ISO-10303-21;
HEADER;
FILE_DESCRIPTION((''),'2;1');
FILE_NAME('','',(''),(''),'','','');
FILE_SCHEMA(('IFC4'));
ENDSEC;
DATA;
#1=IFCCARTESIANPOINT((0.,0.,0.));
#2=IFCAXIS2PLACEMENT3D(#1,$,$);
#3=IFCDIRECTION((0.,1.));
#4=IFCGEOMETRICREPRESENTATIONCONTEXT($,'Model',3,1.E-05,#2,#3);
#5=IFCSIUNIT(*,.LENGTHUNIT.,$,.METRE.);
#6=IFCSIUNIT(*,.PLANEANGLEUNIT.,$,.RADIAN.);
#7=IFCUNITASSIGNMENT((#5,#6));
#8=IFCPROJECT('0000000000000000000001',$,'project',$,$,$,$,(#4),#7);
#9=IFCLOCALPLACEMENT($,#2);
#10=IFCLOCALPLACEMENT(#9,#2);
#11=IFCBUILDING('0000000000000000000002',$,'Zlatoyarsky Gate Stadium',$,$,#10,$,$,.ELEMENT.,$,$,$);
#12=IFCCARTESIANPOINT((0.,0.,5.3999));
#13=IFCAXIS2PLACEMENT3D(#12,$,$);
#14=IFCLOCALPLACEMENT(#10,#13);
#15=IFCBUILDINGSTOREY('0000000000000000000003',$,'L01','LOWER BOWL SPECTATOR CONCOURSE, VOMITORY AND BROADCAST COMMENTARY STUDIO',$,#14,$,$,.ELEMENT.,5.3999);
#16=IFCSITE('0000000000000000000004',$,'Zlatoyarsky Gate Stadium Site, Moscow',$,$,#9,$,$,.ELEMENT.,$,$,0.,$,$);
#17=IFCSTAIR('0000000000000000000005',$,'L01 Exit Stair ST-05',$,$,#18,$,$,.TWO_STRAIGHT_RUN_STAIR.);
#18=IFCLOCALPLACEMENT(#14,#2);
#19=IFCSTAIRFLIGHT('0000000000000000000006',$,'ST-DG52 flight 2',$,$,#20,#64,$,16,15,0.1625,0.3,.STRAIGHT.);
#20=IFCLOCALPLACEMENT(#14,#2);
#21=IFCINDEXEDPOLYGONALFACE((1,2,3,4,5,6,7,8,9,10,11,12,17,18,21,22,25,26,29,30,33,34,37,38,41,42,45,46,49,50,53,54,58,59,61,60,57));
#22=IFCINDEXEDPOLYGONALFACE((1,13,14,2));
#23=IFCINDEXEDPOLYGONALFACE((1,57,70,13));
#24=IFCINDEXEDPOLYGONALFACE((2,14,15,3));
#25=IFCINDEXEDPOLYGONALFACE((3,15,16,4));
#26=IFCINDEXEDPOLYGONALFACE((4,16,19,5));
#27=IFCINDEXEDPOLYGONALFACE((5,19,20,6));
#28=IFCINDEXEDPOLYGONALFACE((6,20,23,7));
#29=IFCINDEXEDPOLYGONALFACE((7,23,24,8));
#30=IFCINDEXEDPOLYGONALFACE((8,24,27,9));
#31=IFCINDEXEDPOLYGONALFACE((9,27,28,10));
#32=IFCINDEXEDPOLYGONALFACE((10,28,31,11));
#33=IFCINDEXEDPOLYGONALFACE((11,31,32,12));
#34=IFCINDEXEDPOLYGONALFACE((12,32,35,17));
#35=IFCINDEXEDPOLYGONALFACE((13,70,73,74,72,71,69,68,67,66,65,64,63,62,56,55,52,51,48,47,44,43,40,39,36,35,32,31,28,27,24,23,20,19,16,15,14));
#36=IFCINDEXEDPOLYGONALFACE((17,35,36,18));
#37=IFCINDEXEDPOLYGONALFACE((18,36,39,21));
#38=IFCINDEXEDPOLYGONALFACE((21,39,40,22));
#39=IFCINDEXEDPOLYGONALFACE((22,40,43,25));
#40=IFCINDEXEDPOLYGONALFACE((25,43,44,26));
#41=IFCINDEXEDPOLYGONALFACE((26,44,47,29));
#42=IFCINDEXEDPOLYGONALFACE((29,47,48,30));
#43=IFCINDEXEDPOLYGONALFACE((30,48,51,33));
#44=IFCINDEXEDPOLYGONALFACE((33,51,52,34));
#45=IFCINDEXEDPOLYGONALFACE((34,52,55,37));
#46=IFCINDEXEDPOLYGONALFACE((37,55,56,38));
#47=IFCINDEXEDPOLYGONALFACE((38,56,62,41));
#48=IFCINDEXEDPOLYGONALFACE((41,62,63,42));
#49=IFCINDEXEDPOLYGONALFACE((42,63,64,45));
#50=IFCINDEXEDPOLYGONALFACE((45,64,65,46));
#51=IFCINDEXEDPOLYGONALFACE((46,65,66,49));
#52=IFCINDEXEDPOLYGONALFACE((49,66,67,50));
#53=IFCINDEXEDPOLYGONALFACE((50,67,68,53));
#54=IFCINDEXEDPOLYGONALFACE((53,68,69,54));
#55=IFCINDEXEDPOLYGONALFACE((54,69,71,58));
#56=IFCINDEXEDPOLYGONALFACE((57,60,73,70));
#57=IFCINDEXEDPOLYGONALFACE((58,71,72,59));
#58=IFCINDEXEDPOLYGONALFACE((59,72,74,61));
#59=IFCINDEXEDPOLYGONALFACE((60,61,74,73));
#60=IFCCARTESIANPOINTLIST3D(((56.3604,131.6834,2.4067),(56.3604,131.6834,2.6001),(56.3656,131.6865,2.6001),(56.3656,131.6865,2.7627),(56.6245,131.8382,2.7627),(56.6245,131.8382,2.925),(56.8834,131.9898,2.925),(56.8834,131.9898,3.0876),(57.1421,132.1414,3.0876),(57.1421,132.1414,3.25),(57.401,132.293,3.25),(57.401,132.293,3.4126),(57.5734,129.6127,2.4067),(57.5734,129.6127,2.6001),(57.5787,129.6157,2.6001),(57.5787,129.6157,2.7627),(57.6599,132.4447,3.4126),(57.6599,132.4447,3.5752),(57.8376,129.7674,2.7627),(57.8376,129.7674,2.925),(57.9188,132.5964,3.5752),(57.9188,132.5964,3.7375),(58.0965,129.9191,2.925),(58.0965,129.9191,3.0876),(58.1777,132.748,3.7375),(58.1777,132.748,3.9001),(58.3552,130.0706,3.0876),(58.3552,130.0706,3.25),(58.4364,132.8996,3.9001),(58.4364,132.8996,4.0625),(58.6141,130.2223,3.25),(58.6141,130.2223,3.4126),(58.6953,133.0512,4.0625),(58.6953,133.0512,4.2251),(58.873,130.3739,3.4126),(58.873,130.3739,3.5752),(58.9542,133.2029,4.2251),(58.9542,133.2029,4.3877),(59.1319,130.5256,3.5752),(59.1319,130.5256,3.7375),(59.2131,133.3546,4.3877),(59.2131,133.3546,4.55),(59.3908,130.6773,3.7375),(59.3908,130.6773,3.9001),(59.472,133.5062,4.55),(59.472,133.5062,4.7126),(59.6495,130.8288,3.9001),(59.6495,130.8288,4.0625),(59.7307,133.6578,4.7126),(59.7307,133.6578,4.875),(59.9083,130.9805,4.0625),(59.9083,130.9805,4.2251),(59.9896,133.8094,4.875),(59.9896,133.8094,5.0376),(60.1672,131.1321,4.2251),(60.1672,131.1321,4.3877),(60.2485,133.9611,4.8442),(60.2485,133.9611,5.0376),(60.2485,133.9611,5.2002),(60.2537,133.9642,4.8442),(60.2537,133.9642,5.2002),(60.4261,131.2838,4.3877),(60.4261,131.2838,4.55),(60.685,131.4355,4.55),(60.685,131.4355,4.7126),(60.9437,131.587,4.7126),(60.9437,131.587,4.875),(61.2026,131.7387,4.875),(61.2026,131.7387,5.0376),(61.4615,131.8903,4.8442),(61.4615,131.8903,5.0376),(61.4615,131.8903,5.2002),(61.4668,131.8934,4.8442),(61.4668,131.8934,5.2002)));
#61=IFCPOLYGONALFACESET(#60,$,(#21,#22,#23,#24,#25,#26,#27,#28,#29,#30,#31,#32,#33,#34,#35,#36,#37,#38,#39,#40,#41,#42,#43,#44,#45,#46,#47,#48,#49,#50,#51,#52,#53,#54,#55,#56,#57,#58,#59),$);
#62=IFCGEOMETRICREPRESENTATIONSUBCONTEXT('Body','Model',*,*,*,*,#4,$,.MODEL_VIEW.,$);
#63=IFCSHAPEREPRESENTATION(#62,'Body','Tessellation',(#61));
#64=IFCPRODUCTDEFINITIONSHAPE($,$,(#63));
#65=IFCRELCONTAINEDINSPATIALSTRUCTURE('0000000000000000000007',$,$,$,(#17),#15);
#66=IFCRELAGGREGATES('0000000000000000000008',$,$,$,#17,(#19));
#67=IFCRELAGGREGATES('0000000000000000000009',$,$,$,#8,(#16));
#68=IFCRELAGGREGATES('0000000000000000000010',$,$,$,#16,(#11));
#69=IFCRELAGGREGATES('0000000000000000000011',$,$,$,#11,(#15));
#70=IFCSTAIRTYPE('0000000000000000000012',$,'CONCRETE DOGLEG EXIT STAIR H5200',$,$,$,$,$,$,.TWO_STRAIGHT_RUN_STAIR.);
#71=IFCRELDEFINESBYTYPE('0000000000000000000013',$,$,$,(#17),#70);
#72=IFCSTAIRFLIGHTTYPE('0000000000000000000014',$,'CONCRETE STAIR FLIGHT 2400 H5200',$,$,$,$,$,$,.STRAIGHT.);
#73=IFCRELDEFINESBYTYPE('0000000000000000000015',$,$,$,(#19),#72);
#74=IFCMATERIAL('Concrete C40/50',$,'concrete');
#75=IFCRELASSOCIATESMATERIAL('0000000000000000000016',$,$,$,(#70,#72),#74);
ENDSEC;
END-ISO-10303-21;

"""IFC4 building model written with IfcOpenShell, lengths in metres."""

from ifc_helpers import new_model, si_unit, direction, frame, origin, place, context, subcontext, project, spatial, polyline, outline, extrude, material, type_object, element, aggregate, save


model = new_model("IFC4")

# Units and contexts
model_context = context("Model", 3, precision=1e-05, world=origin(), true_north=direction((0.0, 1.0)))
body_context = subcontext(model_context, "Body", "Model", "MODEL_VIEW")
ifc_project = project(units=[si_unit("LENGTHUNIT", "METRE"), si_unit("PLANEANGLEUNIT", "RADIAN")], contexts=[model_context])

# Site, building, storey
site_placement = place(None, origin())
site = spatial("IfcSite", under=ifc_project, at=site_placement, Name="Zlatoyarsky Gate Stadium Site, Moscow", CompositionType="ELEMENT", RefElevation=0.0)
building_placement = place(site_placement, origin())
building = spatial("IfcBuilding", under=site, at=building_placement, Name="Zlatoyarsky Gate Stadium", CompositionType="ELEMENT")
storey_placement = place(building_placement, frame((0.0, 0.0, 5.3999)))
storey = spatial("IfcBuildingStorey", under=building, at=storey_placement, Name="L01", Description="LOWER BOWL SPECTATOR CONCOURSE, VOMITORY AND BROADCAST COMMENTARY STUDIO", CompositionType="ELEMENT", Elevation=5.3999)

# Shared definitions
ifc_material_1 = material(Name="Concrete C40/50", Category="concrete")

# Stair, stair flight
stair_type = type_object("IfcStairType", Name="CONCRETE DOGLEG EXIT STAIR H5200", PredefinedType="TWO_STRAIGHT_RUN_STAIR", material=ifc_material_1)
stair_placement = place(storey_placement, origin())
stair = element("IfcStair", 1, at=stair_placement, inside=storey, type_object=stair_type, Name="L01 Exit Stair ST-05", PredefinedType="TWO_STRAIGHT_RUN_STAIR")
stair_flight_type = type_object("IfcStairFlightType", Name="CONCRETE STAIR FLIGHT 2400 H5200", PredefinedType="STRAIGHT", material=ifc_material_1)
stair_flight_1_placement = place(storey_placement, frame((56.9722, 130.6511, 2.6001), z_axis=(0.0, 0.0, 1.0), x_axis=(0.862848, 0.505463, 0.0)))
stair_flight_1 = element("IfcStairFlight", 2, at=stair_flight_1_placement, type_object=stair_flight_type, Name="ST-DG52 flight 2", NumberOfRisers=16, NumberOfTreads=15, PredefinedType="STRAIGHT", RiserHeight=0.1625, TreadLength=0.3, context=body_context, shape_type="SweptSolid", body=[
    extrude(outline(polyline([(-0.0061, -0.1934), (-0.0061, 0.0), (0.0, 0.0), (0.0, 0.1626), (0.3, 0.1626), (0.3, 0.325), (0.6001, 0.325), (0.6001, 0.4875), (0.8999, 0.4875), (0.8999, 0.6499), (1.2, 0.6499), (1.2, 0.8125), (1.5, 0.8125), (1.5, 0.9751), (1.8, 0.9751), (1.8, 1.1375), (2.1001, 1.1375), (2.1001, 1.3), (2.3999, 1.3), (2.3999, 1.4624), (2.7, 1.4624), (2.7, 1.625), (3.0, 1.625), (3.0, 1.7876), (3.3, 1.7876), (3.3, 1.95), (3.6001, 1.95), (3.6001, 2.1125), (3.8999, 2.1125), (3.8999, 2.2749), (4.2, 2.2749), (4.2, 2.4375), (4.5, 2.4375), (4.5, 2.6001), (4.5061, 2.6001), (4.5061, 2.2441), (4.5, 2.2441), (-0.0061, -0.1934)])), frame((0.0, 1.2, 0.0), z_axis=(0.0, -1.0, 0.0), x_axis=(1.0, 0.0, 0.0)), (0.0, 0.0, 1.0), 2.3999),
])
aggregate(stair, [stair_flight_1])

save(model, "model.ifc")
